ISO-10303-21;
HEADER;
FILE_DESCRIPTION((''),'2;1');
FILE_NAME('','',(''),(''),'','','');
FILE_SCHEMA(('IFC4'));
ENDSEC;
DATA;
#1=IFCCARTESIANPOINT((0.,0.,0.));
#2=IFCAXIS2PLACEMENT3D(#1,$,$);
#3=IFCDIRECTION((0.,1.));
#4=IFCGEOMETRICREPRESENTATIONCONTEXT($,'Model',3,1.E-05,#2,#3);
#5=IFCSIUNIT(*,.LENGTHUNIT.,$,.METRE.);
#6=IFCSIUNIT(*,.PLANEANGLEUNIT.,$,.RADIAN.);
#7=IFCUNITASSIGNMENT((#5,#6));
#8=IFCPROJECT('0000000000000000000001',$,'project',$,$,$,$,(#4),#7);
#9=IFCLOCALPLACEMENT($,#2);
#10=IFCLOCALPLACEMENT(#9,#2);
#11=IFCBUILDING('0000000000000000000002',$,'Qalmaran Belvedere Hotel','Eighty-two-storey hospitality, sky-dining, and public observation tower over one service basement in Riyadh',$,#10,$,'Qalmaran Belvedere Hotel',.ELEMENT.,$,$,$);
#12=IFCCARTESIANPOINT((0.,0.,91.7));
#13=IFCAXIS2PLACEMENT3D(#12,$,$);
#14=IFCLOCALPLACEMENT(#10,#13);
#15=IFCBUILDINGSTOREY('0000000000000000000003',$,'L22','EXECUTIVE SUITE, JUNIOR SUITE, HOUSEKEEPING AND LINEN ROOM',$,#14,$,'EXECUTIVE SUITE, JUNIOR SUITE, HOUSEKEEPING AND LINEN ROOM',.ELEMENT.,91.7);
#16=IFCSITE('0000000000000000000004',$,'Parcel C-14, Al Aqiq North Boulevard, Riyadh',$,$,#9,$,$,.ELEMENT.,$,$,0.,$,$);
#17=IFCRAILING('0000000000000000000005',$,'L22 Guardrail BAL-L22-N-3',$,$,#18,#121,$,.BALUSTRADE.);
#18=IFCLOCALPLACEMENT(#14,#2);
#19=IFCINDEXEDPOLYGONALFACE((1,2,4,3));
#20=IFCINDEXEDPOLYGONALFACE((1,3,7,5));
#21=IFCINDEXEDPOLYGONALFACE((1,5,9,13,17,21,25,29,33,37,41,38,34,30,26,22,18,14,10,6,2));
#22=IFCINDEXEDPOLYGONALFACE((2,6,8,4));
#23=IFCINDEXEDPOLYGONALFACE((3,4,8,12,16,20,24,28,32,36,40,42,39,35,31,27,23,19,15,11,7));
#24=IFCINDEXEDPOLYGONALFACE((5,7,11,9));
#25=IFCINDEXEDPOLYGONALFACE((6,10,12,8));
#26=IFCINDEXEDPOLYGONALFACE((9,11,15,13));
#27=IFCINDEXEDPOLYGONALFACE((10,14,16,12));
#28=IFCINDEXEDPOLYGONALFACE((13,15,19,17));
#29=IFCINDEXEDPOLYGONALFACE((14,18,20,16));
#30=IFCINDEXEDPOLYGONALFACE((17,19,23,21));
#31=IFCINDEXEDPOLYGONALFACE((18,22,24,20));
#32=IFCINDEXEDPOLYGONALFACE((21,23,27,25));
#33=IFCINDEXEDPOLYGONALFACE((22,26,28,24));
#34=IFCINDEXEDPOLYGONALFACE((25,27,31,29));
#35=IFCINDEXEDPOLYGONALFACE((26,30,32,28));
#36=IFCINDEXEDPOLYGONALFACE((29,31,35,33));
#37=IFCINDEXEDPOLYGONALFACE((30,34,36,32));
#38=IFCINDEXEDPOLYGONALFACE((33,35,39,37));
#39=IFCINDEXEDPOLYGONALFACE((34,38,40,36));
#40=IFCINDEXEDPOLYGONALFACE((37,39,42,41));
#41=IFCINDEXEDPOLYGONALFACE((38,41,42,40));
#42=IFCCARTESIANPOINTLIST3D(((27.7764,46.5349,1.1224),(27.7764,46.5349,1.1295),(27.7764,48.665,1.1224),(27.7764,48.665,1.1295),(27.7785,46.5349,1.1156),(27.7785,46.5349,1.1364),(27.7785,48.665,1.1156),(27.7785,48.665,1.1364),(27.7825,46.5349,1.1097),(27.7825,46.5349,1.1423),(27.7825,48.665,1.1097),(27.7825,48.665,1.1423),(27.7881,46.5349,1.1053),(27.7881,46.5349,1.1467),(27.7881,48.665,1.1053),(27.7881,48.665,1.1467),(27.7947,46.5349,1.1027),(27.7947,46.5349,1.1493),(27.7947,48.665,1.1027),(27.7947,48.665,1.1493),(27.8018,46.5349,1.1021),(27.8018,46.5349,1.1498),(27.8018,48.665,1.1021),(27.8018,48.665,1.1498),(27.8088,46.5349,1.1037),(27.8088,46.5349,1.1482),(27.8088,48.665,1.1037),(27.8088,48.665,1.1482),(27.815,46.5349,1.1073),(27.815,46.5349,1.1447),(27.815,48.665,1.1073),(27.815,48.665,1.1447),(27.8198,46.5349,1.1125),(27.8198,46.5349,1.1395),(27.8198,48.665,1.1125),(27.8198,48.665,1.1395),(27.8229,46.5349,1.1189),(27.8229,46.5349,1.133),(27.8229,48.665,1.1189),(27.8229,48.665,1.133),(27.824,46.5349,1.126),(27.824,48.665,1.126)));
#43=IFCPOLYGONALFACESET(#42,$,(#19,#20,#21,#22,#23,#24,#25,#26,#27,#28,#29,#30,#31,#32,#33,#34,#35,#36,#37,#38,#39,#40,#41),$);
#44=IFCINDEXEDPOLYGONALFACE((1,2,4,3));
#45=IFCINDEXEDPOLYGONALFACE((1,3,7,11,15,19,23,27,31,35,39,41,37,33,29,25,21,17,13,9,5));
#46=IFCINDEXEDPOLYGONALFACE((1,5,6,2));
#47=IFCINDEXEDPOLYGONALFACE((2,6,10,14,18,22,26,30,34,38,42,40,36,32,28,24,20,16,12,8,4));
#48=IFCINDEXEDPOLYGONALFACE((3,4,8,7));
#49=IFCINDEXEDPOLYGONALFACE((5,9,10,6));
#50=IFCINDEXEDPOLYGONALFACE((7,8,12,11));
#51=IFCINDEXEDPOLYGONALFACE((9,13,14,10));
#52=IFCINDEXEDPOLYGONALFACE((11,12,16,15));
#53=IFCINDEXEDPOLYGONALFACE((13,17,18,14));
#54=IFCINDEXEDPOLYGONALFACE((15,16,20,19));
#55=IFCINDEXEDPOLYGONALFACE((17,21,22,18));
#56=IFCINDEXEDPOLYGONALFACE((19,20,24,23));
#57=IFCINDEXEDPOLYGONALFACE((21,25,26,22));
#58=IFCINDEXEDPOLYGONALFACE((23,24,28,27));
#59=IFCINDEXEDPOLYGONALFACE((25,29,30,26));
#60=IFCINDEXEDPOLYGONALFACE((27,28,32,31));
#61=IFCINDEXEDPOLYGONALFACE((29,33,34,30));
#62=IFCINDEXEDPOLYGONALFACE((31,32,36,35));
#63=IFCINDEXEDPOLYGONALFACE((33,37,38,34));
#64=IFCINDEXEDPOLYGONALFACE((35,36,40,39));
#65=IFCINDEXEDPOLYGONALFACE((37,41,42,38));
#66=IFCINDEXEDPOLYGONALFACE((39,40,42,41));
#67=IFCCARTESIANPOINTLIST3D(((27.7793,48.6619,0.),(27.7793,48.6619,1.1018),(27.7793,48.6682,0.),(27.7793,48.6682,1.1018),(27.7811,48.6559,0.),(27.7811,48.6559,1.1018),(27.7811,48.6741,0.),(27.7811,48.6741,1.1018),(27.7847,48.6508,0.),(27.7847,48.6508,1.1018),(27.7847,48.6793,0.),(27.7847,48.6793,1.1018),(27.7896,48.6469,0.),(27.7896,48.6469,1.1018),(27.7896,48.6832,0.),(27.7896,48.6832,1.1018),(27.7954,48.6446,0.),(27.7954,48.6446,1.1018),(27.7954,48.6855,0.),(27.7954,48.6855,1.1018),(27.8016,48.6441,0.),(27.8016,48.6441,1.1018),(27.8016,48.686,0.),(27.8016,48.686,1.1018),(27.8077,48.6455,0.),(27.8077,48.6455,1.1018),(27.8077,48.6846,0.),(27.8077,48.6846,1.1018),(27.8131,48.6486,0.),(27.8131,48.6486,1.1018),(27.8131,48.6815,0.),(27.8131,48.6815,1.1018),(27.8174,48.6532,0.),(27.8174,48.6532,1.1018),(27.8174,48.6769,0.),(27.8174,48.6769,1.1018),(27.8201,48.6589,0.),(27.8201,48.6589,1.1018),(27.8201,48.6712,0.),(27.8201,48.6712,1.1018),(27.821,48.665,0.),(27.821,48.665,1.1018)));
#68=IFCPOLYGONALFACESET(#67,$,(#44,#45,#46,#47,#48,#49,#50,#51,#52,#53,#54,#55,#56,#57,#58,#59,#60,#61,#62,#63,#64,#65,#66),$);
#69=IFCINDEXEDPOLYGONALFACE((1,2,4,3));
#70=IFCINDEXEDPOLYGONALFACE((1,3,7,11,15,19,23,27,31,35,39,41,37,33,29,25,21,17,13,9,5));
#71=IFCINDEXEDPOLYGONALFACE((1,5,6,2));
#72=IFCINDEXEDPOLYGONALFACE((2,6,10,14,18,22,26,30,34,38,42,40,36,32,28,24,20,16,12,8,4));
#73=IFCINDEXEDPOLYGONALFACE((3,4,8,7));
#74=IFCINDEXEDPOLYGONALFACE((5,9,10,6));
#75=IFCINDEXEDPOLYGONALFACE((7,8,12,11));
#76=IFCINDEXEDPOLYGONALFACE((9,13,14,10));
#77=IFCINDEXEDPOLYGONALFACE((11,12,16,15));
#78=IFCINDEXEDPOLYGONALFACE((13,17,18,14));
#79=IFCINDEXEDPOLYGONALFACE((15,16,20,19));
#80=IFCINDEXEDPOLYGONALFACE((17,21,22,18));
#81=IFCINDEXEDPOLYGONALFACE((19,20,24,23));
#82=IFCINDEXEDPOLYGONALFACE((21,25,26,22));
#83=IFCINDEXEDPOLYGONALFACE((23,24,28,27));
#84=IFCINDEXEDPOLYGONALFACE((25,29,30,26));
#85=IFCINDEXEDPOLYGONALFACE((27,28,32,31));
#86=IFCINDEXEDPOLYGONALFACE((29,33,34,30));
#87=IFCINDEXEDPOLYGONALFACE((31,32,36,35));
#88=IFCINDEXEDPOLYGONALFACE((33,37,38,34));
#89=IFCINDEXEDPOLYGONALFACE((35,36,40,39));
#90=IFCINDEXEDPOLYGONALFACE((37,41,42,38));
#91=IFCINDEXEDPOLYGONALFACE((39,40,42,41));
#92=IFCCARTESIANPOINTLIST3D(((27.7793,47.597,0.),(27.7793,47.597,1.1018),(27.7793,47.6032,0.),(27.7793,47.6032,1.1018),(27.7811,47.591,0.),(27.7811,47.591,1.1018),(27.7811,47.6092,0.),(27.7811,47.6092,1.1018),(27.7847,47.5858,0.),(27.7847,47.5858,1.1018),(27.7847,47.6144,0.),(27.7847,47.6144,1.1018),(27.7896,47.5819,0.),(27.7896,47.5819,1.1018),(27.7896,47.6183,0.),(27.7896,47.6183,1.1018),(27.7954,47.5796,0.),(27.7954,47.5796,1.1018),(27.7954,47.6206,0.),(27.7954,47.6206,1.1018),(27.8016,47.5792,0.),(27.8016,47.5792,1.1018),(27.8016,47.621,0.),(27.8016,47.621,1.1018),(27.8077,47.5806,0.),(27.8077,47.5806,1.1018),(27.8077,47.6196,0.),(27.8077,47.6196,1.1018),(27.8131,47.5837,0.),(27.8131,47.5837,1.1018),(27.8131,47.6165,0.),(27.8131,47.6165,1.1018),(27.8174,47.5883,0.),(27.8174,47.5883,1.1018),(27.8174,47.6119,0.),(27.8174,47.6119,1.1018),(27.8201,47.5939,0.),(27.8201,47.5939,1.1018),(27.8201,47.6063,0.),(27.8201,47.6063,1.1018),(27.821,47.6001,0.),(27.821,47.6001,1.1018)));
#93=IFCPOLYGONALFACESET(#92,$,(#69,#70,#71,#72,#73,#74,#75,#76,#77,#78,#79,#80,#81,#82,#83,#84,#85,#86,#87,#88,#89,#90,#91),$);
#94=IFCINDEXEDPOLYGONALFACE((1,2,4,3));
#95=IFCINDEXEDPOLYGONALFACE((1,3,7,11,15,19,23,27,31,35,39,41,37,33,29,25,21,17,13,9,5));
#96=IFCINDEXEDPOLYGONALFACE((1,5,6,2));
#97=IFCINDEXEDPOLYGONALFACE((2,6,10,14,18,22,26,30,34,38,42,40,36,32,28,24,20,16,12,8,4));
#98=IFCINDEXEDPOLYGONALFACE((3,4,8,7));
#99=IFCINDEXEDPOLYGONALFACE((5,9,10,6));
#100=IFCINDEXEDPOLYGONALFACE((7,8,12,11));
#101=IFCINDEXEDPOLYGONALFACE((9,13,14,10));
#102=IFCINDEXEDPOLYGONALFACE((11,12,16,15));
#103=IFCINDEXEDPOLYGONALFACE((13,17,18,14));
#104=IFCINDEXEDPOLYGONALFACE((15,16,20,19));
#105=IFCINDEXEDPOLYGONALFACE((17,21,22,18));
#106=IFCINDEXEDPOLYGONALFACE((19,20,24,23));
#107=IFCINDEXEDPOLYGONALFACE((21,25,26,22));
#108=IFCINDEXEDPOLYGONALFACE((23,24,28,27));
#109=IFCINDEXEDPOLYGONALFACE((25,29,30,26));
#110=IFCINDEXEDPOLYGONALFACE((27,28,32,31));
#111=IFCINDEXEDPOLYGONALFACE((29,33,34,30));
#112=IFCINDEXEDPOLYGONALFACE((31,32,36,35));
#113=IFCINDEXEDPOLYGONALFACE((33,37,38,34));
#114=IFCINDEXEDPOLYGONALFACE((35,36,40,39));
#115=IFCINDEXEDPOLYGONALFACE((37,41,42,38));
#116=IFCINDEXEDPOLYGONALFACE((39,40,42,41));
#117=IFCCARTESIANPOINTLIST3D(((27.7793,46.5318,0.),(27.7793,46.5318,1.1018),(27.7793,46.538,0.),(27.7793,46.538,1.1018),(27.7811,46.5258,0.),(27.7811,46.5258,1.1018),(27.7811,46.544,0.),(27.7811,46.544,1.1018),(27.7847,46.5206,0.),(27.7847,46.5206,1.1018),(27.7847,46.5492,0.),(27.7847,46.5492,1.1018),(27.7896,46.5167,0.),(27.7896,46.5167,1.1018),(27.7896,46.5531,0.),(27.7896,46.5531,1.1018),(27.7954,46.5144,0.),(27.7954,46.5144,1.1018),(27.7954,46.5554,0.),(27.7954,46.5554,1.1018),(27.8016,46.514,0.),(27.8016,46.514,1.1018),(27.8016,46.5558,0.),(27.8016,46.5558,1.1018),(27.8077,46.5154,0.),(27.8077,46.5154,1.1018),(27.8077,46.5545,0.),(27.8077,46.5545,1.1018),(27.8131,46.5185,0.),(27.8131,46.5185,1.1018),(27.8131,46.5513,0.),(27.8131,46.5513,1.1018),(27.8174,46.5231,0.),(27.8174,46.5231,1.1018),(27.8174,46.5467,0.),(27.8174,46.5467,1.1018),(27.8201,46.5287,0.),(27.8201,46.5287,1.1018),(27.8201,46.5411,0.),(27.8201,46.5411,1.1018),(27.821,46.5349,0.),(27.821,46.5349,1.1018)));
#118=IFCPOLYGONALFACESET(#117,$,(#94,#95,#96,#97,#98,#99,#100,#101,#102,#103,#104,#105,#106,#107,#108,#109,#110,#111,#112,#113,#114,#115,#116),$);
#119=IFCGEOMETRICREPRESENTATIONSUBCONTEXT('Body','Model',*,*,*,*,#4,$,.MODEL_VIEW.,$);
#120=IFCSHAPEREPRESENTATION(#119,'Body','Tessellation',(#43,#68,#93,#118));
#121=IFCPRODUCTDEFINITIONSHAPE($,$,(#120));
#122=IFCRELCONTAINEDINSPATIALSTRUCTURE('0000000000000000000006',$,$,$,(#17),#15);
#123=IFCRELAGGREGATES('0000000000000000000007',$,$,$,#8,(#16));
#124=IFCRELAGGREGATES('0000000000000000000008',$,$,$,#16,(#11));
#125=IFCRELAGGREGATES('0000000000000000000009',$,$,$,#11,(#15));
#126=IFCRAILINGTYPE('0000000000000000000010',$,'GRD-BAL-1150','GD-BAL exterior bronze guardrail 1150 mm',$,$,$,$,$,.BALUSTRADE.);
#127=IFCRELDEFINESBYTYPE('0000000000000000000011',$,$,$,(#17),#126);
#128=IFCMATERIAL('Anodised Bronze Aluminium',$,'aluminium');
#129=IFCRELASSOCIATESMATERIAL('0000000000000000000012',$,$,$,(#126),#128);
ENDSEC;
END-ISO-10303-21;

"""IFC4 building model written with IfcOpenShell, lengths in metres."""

from ifc_helpers import new_model, si_unit, direction, frame, origin, origin_2d, place, context, subcontext, project, spatial, circle, extrude, material, type_object, element, save


model = new_model("IFC4")

# Units and contexts
model_context = context("Model", 3, precision=1e-05, world=origin(), true_north=direction((0.0, 1.0)))
body_context = subcontext(model_context, "Body", "Model", "MODEL_VIEW")
ifc_project = project(units=[si_unit("LENGTHUNIT", "METRE"), si_unit("PLANEANGLEUNIT", "RADIAN")], contexts=[model_context])

# Site, building, storey
site_placement = place(None, origin())
site = spatial("IfcSite", under=ifc_project, at=site_placement, Name="Parcel C-14, Al Aqiq North Boulevard, Riyadh", CompositionType="ELEMENT", RefElevation=0.0)
building_placement = place(site_placement, origin())
building = spatial("IfcBuilding", under=site, at=building_placement, Name="Qalmaran Belvedere Hotel", Description="Eighty-two-storey hospitality, sky-dining, and public observation tower over one service basement in Riyadh", LongName="Qalmaran Belvedere Hotel", CompositionType="ELEMENT")
storey_placement = place(building_placement, frame((0.0, 0.0, 91.7)))
storey = spatial("IfcBuildingStorey", under=building, at=storey_placement, Name="L22", Description="EXECUTIVE SUITE, JUNIOR SUITE, HOUSEKEEPING AND LINEN ROOM", LongName="EXECUTIVE SUITE, JUNIOR SUITE, HOUSEKEEPING AND LINEN ROOM", CompositionType="ELEMENT", Elevation=91.7)

# Shared definitions
ifc_material_1 = material(Name="Anodised Bronze Aluminium", Category="aluminium")

# Railing
railing_type = type_object("IfcRailingType", Name="GRD-BAL-1150", Description="GD-BAL exterior bronze guardrail 1150 mm", PredefinedType="BALUSTRADE", material=ifc_material_1)
railing_1_placement = place(storey_placement, frame((27.8, 48.665, 0.0)))
element("IfcRailing", 1, at=railing_1_placement, inside=storey, type_object=railing_type, Name="L22 Guardrail BAL-L22-N-3", PredefinedType="BALUSTRADE", context=body_context, shape_type="SweptSolid", body=[
    extrude(circle(Radius=0.0239, at=origin_2d()), frame((0.0, 0.0, 1.126), z_axis=(0.0, -1.0, 0.0), x_axis=(1.0, 0.0, 0.0)), (0.0, 0.0, 1.0), 2.1301),
    extrude(circle(Radius=0.021, at=origin_2d()), origin(), (0.0, 0.0, 1.0), 1.1018),
    extrude(circle(Radius=0.021, at=origin_2d()), frame((0.0, -1.0649, 0.0)), (0.0, 0.0, 1.0), 1.1018),
    extrude(circle(Radius=0.021, at=origin_2d()), frame((0.0, -2.1301, 0.0)), (0.0, 0.0, 1.0), 1.1018),
])

save(model, "model.ifc")
